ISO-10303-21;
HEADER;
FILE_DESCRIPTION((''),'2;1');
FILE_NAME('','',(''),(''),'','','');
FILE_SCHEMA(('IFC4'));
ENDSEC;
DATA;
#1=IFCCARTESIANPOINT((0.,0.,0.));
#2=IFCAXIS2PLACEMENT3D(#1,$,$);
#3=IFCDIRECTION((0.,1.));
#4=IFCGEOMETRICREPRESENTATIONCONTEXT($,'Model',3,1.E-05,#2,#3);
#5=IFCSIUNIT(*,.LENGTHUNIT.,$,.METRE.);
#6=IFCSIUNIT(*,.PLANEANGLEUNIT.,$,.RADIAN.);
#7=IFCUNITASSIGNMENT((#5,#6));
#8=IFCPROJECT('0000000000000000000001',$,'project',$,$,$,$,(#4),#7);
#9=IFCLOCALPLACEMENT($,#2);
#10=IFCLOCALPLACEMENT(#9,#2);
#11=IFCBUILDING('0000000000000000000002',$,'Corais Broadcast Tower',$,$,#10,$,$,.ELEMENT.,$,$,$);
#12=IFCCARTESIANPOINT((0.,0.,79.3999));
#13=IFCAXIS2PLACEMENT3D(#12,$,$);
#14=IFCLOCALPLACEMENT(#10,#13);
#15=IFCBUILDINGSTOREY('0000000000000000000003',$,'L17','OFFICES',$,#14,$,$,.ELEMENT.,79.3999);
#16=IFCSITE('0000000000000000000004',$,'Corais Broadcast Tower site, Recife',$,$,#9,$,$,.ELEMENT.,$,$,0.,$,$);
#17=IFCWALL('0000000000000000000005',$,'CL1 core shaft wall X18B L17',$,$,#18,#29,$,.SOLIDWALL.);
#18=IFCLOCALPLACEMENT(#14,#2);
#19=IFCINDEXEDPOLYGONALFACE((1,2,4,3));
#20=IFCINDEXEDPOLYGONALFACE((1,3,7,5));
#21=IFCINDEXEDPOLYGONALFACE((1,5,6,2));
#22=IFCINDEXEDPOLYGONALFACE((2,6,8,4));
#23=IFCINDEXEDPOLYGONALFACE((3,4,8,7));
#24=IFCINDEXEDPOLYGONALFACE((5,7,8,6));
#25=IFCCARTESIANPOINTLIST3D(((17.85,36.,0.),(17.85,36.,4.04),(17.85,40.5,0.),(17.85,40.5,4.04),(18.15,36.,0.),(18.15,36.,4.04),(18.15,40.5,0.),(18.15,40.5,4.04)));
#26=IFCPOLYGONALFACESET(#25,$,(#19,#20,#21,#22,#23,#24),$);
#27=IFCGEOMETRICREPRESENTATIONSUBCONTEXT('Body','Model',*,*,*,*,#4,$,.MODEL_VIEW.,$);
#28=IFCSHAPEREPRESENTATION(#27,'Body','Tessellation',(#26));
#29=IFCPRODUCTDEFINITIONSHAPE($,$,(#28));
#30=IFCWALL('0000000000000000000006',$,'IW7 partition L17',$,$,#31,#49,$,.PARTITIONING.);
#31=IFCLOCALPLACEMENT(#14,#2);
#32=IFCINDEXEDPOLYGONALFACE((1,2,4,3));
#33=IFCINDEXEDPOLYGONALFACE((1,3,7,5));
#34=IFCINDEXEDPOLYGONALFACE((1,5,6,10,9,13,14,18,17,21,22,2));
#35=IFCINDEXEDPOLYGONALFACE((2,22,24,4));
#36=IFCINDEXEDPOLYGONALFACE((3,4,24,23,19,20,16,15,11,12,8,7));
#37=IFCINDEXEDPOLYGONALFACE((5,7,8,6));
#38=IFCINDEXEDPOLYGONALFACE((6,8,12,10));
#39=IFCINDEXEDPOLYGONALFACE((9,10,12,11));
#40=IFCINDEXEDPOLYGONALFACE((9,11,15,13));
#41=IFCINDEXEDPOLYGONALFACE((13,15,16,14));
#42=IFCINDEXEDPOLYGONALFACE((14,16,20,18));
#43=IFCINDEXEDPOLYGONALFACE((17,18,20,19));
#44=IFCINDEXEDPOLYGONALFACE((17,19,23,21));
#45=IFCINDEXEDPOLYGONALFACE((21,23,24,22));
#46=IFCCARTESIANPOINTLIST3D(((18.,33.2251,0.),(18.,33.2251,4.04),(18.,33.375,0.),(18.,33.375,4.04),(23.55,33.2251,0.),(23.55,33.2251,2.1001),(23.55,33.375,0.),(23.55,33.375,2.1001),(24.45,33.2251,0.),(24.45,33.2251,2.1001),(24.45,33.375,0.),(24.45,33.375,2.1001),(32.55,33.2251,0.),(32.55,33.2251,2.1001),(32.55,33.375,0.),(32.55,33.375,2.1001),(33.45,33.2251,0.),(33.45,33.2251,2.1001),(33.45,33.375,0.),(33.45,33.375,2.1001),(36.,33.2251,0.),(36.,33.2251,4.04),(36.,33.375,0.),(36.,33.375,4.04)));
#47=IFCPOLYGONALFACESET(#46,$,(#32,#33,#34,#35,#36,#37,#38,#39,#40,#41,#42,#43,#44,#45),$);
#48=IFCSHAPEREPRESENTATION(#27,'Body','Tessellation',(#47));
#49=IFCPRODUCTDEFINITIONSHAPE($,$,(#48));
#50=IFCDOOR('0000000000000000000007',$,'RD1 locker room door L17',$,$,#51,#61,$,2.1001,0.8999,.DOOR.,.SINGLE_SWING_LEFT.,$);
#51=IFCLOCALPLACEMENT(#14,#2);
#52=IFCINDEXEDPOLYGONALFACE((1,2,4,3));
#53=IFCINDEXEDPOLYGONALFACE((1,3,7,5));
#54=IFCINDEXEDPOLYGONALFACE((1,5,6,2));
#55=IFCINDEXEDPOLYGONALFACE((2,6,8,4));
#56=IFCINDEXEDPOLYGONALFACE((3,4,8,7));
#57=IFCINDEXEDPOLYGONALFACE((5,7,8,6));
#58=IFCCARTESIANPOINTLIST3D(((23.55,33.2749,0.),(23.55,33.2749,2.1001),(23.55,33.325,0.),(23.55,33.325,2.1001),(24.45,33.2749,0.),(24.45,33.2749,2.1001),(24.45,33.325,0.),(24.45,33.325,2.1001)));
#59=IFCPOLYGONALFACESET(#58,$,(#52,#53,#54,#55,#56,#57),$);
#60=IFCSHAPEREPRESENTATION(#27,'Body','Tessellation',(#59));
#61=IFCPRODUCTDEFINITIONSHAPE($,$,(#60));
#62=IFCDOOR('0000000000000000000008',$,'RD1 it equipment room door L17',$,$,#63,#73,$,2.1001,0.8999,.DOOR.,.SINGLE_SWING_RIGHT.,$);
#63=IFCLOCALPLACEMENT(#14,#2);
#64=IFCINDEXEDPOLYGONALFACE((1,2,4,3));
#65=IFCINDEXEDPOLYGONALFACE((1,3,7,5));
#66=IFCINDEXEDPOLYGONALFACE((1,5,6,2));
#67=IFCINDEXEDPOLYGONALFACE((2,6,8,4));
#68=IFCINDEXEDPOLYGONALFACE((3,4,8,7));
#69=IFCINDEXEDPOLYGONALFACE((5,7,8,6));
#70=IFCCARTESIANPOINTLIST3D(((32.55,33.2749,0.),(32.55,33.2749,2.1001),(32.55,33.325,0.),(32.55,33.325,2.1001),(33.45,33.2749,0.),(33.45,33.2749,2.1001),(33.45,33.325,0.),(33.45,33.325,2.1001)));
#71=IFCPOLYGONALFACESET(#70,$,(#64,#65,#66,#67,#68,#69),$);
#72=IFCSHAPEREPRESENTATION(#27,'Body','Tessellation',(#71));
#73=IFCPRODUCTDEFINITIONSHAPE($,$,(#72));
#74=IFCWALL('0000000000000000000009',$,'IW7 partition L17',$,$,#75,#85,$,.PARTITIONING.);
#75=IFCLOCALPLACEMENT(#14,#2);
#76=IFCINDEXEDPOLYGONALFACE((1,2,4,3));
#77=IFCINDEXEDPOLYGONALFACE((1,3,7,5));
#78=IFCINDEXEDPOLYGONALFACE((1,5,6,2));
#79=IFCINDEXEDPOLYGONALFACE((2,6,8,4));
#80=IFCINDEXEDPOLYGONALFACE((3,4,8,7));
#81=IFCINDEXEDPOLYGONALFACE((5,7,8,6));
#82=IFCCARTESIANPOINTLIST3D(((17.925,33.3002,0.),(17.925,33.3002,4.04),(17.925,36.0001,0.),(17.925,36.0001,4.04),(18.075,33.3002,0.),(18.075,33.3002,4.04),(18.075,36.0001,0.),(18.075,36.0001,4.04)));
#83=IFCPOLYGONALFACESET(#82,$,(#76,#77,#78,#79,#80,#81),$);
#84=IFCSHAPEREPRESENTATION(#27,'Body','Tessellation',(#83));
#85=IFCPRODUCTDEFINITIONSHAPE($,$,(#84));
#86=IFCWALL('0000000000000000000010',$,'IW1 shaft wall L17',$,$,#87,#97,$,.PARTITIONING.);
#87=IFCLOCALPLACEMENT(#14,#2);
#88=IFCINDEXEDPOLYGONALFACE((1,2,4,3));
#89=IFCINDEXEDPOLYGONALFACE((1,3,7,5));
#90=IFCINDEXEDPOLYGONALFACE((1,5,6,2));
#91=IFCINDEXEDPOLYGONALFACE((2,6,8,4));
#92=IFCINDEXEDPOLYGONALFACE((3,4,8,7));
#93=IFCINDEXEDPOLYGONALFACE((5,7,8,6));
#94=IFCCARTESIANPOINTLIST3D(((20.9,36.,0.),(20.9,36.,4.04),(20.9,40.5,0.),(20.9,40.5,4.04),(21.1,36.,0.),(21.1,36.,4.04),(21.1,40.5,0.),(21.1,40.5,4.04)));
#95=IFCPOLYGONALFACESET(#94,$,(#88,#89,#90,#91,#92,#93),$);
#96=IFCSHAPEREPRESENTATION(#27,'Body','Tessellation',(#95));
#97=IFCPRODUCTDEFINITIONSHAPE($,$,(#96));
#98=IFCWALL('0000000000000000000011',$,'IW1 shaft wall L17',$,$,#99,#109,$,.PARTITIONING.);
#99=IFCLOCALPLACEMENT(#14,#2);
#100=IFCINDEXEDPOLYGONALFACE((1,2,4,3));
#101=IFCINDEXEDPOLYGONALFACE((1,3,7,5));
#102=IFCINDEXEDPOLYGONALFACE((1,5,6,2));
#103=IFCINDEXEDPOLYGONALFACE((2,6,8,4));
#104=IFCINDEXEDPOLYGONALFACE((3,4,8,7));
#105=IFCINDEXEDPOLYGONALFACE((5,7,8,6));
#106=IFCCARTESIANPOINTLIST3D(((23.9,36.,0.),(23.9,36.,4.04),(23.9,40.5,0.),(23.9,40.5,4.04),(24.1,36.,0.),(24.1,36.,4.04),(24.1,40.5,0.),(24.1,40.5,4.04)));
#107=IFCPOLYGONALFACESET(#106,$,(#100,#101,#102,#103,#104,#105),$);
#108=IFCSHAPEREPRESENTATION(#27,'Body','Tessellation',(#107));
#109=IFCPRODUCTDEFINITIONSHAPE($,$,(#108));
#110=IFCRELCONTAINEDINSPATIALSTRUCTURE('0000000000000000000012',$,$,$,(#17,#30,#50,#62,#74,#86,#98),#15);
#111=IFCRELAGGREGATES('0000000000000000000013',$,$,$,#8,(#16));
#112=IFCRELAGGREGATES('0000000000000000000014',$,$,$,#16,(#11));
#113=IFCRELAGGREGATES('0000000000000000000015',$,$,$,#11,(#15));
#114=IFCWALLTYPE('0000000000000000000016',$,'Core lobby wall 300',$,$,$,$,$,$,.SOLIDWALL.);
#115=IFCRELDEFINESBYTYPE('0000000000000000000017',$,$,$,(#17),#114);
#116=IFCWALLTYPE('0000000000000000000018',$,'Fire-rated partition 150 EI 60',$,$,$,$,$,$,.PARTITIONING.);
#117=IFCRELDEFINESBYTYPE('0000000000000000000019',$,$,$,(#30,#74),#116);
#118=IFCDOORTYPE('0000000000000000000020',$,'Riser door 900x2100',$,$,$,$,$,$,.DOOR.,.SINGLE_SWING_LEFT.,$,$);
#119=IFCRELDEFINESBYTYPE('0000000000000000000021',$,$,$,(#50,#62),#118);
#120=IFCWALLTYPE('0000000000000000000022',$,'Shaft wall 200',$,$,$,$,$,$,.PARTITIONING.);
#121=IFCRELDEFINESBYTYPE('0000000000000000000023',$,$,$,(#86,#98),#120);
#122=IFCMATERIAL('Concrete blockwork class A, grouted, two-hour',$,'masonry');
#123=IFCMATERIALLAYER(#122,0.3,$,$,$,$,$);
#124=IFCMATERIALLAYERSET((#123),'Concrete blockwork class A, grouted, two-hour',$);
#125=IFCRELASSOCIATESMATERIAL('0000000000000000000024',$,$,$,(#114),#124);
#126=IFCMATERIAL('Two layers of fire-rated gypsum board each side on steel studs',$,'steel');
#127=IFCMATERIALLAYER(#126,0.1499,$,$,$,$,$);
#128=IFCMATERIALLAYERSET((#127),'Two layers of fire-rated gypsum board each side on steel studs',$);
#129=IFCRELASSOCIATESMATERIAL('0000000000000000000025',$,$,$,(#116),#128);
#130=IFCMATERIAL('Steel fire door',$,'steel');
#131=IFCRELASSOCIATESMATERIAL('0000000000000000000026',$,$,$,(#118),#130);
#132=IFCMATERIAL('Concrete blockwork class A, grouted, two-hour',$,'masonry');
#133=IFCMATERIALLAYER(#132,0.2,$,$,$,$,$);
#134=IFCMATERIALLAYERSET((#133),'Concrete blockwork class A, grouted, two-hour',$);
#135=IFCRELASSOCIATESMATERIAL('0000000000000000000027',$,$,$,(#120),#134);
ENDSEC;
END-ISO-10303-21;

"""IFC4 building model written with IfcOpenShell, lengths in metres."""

from ifc_helpers import new_model, si_unit, direction, frame, frame_2d, origin, place, context, subcontext, project, spatial, rectangle, extrude, material, layer, layer_set, type_object, element, fill, save


model = new_model("IFC4")

# Units and contexts
model_context = context("Model", 3, precision=1e-05, world=origin(), true_north=direction((0.0, 1.0)))
body_context = subcontext(model_context, "Body", "Model", "MODEL_VIEW")
ifc_project = project(units=[si_unit("LENGTHUNIT", "METRE"), si_unit("PLANEANGLEUNIT", "RADIAN")], contexts=[model_context])

# Site, building, storey
site_placement = place(None, origin())
site = spatial("IfcSite", under=ifc_project, at=site_placement, Name="Corais Broadcast Tower site, Recife", CompositionType="ELEMENT", RefElevation=0.0)
building_placement = place(site_placement, origin())
building = spatial("IfcBuilding", under=site, at=building_placement, Name="Corais Broadcast Tower", CompositionType="ELEMENT")
storey_placement = place(building_placement, frame((0.0, 0.0, 79.3999)))
storey = spatial("IfcBuildingStorey", under=building, at=storey_placement, Name="L17", Description="OFFICES", CompositionType="ELEMENT", Elevation=79.3999)

# Wall
ifc_material_1 = material(Name="Concrete blockwork class A, grouted, two-hour", Category="masonry")
ifc_layer_1 = layer(ifc_material_1, 0.3)
ifc_layer_set_1 = layer_set([ifc_layer_1], Name="Concrete blockwork class A, grouted, two-hour")
wall_type_1 = type_object("IfcWallType", Name="Core lobby wall 300", PredefinedType="SOLIDWALL", material=ifc_layer_set_1)
wall_1_placement = place(storey_placement, frame((18.0, 36.0, 0.0), z_axis=(0.0, 0.0, 1.0), x_axis=(0.0, 1.0, 0.0)))
element("IfcWall", 1, at=wall_1_placement, inside=storey, type_object=wall_type_1, Name="CL1 core shaft wall X18B L17", PredefinedType="SOLIDWALL", context=body_context, shape_type="SweptSolid", body=[
    extrude(rectangle(XDim=4.5, YDim=0.3, at=frame_2d((2.25, 0.0))), origin(), (0.0, 0.0, 1.0), 4.04),
])

# Wall, openings, doors
ifc_material_2 = material(Name="Two layers of fire-rated gypsum board each side on steel studs", Category="steel")
ifc_layer_2 = layer(ifc_material_2, 0.1499)
ifc_layer_set_2 = layer_set([ifc_layer_2], Name="Two layers of fire-rated gypsum board each side on steel studs")
wall_type_2 = type_object("IfcWallType", Name="Fire-rated partition 150 EI 60", PredefinedType="PARTITIONING", material=ifc_layer_set_2)
wall_2_placement = place(storey_placement, frame((18.0, 33.3, 0.0), z_axis=(0.0, 0.0, 1.0), x_axis=(1.0, 0.0, 0.0)))
wall_2 = element("IfcWall", 2, at=wall_2_placement, inside=storey, type_object=wall_type_2, Name="IW7 partition L17", PredefinedType="PARTITIONING", context=body_context, shape_type="SweptSolid", body=[
    extrude(rectangle(XDim=18.0, YDim=0.1499, at=frame_2d((9.0, 0.0))), origin(), (0.0, 0.0, 1.0), 4.04),
])
opening_1_placement = place(wall_2_placement, frame((5.55, 0.0, 0.0)))
opening_1 = element("IfcOpeningElement", 3, at=opening_1_placement, cuts=wall_2, PredefinedType="OPENING", context=body_context, shape_type="SweptSolid", body=[
    extrude(rectangle(XDim=0.8999, YDim=2.1001, at=frame_2d((0.45, 1.05))), frame((0.0, 0.085, 0.0), z_axis=(0.0, -1.0, 0.0), x_axis=(1.0, 0.0, 0.0)), (0.0, 0.0, 1.0), 0.1699),
])
opening_2_placement = place(wall_2_placement, frame((14.55, 0.0, 0.0)))
opening_2 = element("IfcOpeningElement", 4, at=opening_2_placement, cuts=wall_2, PredefinedType="OPENING", context=body_context, shape_type="SweptSolid", body=[
    extrude(rectangle(XDim=0.8999, YDim=2.1001, at=frame_2d((0.45, 1.05))), frame((0.0, 0.085, 0.0), z_axis=(0.0, -1.0, 0.0), x_axis=(1.0, 0.0, 0.0)), (0.0, 0.0, 1.0), 0.1699),
])
ifc_material_3 = material(Name="Steel fire door", Category="steel")
door_type = type_object("IfcDoorType", Name="Riser door 900x2100", OperationType="SINGLE_SWING_LEFT", PredefinedType="DOOR", material=ifc_material_3)
door_1_placement = place(opening_1_placement, origin())
door_1 = element("IfcDoor", 5, at=door_1_placement, inside=storey, type_object=door_type, Name="RD1 locker room door L17", OperationType="SINGLE_SWING_LEFT", OverallHeight=2.1001, OverallWidth=0.8999, PredefinedType="DOOR", context=body_context, shape_type="SweptSolid", body=[
    extrude(rectangle(XDim=0.8999, YDim=2.1001, at=frame_2d((0.45, 1.05))), frame((0.0, 0.0249, 0.0), z_axis=(0.0, -1.0, 0.0), x_axis=(1.0, 0.0, 0.0)), (0.0, 0.0, 1.0), 0.05),
])
fill(opening_1, door_1)
door_2_placement = place(opening_2_placement, origin())
door_2 = element("IfcDoor", 6, at=door_2_placement, inside=storey, type_object=door_type, Name="RD1 it equipment room door L17", OperationType="SINGLE_SWING_RIGHT", OverallHeight=2.1001, OverallWidth=0.8999, PredefinedType="DOOR", context=body_context, shape_type="SweptSolid", body=[
    extrude(rectangle(XDim=0.8999, YDim=2.1001, at=frame_2d((0.45, 1.05))), frame((0.0, 0.0249, 0.0), z_axis=(0.0, -1.0, 0.0), x_axis=(1.0, 0.0, 0.0)), (0.0, 0.0, 1.0), 0.05),
])
fill(opening_2, door_2)

# Walls
wall_3_placement = place(storey_placement, frame((18.0, 33.3, 0.0), z_axis=(0.0, 0.0, 1.0), x_axis=(0.0, 1.0, 0.0)))
element("IfcWall", 7, at=wall_3_placement, inside=storey, type_object=wall_type_2, Name="IW7 partition L17", PredefinedType="PARTITIONING", context=body_context, shape_type="SweptSolid", body=[
    extrude(rectangle(XDim=2.7, YDim=0.1499, at=frame_2d((1.3501, 0.0))), origin(), (0.0, 0.0, 1.0), 4.04),
])
ifc_material_4 = material(Name="Concrete blockwork class A, grouted, two-hour", Category="masonry")
ifc_layer_3 = layer(ifc_material_4, 0.2)
ifc_layer_set_3 = layer_set([ifc_layer_3], Name="Concrete blockwork class A, grouted, two-hour")
wall_type_3 = type_object("IfcWallType", Name="Shaft wall 200", PredefinedType="PARTITIONING", material=ifc_layer_set_3)
for number, where, z_axis, x_axis, name in (
    (8, (21.0, 36.0, 0.0), (0.0, 0.0, 1.0), (0.0, 1.0, 0.0), "IW1 shaft wall L17"),
    (9, (24.0, 36.0, 0.0), (0.0, 0.0, 1.0), (0.0, 1.0, 0.0), "IW1 shaft wall L17"),
):
    element("IfcWall", number, at=place(storey_placement, frame(where, z_axis=z_axis, x_axis=x_axis)), inside=storey, type_object=wall_type_3, Name=name, PredefinedType="PARTITIONING", context=body_context, shape_type="SweptSolid", body=[
        extrude(rectangle(XDim=4.5, YDim=0.2, at=frame_2d((2.25, 0.0))), origin(), (0.0, 0.0, 1.0), 4.04),
    ])

save(model, "model.ifc")
